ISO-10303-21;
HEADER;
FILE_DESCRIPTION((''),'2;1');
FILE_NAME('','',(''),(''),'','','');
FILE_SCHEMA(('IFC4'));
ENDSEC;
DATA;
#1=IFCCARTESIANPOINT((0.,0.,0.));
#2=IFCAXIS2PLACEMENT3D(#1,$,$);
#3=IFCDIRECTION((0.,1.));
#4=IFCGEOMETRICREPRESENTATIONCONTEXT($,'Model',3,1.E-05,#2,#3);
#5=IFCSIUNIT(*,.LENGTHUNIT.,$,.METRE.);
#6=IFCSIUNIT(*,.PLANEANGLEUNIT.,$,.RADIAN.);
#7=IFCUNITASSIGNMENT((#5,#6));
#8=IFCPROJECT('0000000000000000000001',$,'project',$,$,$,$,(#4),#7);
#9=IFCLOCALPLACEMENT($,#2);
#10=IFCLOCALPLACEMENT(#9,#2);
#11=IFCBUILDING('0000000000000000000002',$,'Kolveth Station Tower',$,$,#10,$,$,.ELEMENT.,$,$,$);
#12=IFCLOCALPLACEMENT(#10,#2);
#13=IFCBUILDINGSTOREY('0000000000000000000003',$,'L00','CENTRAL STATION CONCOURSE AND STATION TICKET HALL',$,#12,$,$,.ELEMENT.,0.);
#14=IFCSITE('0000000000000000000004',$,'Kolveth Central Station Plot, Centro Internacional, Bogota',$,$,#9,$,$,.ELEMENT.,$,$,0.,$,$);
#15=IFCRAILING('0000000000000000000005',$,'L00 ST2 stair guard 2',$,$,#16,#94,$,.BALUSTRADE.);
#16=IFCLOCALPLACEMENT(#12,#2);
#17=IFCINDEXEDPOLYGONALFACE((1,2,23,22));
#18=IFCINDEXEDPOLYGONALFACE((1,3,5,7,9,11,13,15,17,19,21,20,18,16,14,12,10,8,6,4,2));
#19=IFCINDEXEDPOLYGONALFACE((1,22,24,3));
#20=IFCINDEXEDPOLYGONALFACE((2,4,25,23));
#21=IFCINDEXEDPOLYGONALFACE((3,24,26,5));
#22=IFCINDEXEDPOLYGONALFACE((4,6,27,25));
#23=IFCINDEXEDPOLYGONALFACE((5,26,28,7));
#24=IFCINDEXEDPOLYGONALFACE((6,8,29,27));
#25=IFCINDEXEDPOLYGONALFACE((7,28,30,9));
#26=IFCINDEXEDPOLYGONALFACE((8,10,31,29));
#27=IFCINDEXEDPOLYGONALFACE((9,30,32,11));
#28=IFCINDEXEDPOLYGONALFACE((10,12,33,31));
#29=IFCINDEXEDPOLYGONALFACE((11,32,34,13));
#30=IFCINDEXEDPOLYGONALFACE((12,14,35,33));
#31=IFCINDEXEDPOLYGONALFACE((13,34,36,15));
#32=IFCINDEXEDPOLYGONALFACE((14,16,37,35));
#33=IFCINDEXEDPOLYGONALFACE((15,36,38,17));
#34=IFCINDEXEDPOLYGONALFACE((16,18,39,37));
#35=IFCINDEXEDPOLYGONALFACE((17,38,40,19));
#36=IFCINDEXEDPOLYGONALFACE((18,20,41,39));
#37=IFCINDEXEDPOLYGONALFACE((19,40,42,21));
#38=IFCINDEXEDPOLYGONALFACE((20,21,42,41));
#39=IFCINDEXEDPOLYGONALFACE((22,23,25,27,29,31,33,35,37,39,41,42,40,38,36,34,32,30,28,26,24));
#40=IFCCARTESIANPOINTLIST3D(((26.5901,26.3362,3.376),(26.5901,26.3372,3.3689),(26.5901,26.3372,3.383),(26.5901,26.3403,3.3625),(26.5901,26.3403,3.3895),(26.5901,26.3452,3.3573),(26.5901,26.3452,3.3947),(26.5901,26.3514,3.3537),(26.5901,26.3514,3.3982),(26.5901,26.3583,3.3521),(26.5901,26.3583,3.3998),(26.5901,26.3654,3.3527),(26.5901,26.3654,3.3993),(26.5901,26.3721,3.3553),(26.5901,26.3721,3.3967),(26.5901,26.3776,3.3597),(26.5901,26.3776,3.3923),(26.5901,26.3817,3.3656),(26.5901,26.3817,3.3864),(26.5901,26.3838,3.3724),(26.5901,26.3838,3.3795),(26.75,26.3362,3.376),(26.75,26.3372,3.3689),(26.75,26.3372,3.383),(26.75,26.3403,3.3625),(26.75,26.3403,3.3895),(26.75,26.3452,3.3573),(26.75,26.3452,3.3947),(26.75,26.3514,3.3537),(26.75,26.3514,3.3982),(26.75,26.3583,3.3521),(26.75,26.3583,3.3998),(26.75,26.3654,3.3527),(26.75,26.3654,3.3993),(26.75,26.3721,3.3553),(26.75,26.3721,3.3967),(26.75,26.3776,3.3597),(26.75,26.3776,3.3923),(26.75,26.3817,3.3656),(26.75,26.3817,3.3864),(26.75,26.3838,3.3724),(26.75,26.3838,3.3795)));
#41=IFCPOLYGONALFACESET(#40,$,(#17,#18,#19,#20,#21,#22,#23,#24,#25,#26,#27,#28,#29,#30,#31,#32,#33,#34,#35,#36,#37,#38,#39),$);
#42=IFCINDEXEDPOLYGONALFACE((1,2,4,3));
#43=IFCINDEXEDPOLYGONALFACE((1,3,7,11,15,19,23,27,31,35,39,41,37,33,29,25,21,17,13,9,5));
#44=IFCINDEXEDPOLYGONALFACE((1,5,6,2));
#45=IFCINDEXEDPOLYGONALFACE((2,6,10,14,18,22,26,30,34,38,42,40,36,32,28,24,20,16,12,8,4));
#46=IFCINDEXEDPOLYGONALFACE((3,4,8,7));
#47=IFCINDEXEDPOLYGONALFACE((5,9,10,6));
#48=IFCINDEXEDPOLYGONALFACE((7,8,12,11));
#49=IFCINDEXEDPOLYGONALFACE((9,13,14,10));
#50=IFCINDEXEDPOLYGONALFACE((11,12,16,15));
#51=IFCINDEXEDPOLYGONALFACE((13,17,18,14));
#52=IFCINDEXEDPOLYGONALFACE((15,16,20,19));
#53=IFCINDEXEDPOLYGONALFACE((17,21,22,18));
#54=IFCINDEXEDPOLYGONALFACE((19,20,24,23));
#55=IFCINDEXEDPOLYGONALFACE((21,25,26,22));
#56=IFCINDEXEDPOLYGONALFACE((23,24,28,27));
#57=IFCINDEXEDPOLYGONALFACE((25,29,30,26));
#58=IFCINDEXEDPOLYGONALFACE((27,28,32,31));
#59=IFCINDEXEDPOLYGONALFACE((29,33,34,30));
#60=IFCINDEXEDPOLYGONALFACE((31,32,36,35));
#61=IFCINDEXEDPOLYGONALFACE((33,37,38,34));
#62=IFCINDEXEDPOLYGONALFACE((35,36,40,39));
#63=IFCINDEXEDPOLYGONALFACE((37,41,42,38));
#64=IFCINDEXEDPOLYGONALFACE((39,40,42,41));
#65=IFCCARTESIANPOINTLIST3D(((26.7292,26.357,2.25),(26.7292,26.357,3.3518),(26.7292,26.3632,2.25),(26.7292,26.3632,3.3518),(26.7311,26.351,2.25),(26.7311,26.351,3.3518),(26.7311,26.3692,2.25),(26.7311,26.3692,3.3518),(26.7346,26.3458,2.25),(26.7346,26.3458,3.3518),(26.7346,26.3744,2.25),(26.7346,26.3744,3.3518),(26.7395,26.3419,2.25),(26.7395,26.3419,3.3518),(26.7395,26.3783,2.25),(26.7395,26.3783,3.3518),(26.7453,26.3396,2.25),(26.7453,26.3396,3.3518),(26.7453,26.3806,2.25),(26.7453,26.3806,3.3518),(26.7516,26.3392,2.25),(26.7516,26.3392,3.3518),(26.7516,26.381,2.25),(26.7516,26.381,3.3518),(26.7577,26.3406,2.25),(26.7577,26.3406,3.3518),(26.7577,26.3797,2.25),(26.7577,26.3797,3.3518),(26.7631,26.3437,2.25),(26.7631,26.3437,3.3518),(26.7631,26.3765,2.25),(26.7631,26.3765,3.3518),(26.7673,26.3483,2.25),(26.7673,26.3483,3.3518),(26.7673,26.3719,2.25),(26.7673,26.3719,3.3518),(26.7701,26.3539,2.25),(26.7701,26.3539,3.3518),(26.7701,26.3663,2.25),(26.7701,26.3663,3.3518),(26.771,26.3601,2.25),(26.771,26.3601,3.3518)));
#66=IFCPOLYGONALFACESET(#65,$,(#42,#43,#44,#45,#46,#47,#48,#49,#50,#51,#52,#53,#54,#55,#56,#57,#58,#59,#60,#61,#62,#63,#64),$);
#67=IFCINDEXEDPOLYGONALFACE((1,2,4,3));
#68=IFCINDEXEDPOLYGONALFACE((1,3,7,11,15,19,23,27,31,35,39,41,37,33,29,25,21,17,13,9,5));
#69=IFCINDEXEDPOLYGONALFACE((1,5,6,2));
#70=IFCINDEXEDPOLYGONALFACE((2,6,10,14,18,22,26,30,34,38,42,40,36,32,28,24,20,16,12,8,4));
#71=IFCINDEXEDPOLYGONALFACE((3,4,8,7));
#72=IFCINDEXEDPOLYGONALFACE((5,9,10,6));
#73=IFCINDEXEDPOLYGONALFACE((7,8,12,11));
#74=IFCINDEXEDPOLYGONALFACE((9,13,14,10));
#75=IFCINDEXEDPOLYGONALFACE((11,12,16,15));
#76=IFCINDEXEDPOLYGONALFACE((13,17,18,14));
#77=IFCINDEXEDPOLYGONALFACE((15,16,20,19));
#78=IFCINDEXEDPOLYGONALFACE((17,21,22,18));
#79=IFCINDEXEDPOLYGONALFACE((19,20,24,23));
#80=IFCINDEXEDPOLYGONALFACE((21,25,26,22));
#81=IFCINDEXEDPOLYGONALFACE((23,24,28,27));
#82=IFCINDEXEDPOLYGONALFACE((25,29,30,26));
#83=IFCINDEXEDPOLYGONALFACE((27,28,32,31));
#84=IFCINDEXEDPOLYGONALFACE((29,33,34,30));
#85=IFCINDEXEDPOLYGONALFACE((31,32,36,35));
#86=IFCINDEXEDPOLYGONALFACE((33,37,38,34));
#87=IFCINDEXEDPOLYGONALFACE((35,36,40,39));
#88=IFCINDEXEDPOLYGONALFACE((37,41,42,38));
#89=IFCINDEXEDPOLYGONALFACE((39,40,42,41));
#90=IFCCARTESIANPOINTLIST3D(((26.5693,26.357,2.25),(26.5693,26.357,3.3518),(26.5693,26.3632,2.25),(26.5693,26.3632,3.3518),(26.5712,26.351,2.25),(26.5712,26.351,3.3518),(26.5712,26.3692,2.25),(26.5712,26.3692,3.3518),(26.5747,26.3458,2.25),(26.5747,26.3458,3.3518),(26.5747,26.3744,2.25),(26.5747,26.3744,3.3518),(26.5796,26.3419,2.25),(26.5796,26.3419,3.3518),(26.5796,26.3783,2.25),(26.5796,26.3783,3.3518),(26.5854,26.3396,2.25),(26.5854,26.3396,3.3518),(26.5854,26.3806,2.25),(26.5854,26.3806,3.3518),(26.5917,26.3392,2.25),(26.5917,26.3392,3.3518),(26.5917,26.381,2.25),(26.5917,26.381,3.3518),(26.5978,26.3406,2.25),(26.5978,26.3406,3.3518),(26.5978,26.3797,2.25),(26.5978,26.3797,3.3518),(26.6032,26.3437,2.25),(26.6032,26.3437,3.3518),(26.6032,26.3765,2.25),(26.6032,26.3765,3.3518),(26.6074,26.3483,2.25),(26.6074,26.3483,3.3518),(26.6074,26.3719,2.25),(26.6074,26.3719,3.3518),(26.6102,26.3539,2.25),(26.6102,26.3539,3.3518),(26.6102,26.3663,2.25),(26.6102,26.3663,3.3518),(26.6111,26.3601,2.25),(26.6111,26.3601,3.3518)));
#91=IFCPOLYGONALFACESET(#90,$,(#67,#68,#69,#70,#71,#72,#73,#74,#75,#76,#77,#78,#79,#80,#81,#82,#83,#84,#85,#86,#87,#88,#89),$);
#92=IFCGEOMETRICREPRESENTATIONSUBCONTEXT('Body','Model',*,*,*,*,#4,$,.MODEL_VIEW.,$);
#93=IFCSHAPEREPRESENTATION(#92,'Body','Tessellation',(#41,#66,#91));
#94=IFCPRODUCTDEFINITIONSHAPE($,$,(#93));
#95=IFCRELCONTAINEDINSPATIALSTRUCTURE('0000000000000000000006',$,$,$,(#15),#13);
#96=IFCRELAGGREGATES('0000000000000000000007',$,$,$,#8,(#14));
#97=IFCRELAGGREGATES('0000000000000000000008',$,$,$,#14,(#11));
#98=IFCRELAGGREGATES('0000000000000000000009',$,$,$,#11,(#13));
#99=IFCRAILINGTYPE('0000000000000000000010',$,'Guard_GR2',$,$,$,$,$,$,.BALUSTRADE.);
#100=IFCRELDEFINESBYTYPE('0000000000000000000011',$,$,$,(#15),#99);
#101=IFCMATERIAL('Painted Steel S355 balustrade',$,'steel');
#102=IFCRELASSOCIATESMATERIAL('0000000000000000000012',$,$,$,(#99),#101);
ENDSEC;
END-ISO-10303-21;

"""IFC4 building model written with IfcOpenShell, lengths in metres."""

from ifc_helpers import new_model, si_unit, direction, frame, origin, origin_2d, place, context, subcontext, project, spatial, circle, extrude, material, type_object, element, save


model = new_model("IFC4")

# Units and contexts
model_context = context("Model", 3, precision=1e-05, world=origin(), true_north=direction((0.0, 1.0)))
body_context = subcontext(model_context, "Body", "Model", "MODEL_VIEW")
ifc_project = project(units=[si_unit("LENGTHUNIT", "METRE"), si_unit("PLANEANGLEUNIT", "RADIAN")], contexts=[model_context])

# Site, building, storey
site_placement = place(None, origin())
site = spatial("IfcSite", under=ifc_project, at=site_placement, Name="Kolveth Central Station Plot, Centro Internacional, Bogota", CompositionType="ELEMENT", RefElevation=0.0)
building_placement = place(site_placement, origin())
building = spatial("IfcBuilding", under=site, at=building_placement, Name="Kolveth Station Tower", CompositionType="ELEMENT")
storey_placement = place(building_placement, origin())
storey = spatial("IfcBuildingStorey", under=building, at=storey_placement, Name="L00", Description="CENTRAL STATION CONCOURSE AND STATION TICKET HALL", CompositionType="ELEMENT", Elevation=0.0)

# Railing
ifc_material_1 = material(Name="Painted Steel S355 balustrade", Category="steel")
railing_type_1 = type_object("IfcRailingType", Name="Guard_GR2", PredefinedType="BALUSTRADE", material=ifc_material_1)
railing_1_placement = place(storey_placement, frame((26.75, 26.3601, 2.25)))
element("IfcRailing", 1, at=railing_1_placement, inside=storey, type_object=railing_type_1, Name="L00 ST2 stair guard 2", PredefinedType="BALUSTRADE", context=body_context, shape_type="SweptSolid", body=[
    extrude(circle(Radius=0.0239, at=origin_2d()), frame((0.0, 0.0, 1.126), z_axis=(-1.0, 0.0, 0.0), x_axis=(0.0, -1.0, 0.0)), (0.0, 0.0, 1.0), 0.1599),
    extrude(circle(Radius=0.021, at=origin_2d()), origin(), (0.0, 0.0, 1.0), 1.1018),
    extrude(circle(Radius=0.021, at=origin_2d()), frame((-0.1599, 0.0, 0.0)), (0.0, 0.0, 1.0), 1.1018),
])

save(model, "model.ifc")
